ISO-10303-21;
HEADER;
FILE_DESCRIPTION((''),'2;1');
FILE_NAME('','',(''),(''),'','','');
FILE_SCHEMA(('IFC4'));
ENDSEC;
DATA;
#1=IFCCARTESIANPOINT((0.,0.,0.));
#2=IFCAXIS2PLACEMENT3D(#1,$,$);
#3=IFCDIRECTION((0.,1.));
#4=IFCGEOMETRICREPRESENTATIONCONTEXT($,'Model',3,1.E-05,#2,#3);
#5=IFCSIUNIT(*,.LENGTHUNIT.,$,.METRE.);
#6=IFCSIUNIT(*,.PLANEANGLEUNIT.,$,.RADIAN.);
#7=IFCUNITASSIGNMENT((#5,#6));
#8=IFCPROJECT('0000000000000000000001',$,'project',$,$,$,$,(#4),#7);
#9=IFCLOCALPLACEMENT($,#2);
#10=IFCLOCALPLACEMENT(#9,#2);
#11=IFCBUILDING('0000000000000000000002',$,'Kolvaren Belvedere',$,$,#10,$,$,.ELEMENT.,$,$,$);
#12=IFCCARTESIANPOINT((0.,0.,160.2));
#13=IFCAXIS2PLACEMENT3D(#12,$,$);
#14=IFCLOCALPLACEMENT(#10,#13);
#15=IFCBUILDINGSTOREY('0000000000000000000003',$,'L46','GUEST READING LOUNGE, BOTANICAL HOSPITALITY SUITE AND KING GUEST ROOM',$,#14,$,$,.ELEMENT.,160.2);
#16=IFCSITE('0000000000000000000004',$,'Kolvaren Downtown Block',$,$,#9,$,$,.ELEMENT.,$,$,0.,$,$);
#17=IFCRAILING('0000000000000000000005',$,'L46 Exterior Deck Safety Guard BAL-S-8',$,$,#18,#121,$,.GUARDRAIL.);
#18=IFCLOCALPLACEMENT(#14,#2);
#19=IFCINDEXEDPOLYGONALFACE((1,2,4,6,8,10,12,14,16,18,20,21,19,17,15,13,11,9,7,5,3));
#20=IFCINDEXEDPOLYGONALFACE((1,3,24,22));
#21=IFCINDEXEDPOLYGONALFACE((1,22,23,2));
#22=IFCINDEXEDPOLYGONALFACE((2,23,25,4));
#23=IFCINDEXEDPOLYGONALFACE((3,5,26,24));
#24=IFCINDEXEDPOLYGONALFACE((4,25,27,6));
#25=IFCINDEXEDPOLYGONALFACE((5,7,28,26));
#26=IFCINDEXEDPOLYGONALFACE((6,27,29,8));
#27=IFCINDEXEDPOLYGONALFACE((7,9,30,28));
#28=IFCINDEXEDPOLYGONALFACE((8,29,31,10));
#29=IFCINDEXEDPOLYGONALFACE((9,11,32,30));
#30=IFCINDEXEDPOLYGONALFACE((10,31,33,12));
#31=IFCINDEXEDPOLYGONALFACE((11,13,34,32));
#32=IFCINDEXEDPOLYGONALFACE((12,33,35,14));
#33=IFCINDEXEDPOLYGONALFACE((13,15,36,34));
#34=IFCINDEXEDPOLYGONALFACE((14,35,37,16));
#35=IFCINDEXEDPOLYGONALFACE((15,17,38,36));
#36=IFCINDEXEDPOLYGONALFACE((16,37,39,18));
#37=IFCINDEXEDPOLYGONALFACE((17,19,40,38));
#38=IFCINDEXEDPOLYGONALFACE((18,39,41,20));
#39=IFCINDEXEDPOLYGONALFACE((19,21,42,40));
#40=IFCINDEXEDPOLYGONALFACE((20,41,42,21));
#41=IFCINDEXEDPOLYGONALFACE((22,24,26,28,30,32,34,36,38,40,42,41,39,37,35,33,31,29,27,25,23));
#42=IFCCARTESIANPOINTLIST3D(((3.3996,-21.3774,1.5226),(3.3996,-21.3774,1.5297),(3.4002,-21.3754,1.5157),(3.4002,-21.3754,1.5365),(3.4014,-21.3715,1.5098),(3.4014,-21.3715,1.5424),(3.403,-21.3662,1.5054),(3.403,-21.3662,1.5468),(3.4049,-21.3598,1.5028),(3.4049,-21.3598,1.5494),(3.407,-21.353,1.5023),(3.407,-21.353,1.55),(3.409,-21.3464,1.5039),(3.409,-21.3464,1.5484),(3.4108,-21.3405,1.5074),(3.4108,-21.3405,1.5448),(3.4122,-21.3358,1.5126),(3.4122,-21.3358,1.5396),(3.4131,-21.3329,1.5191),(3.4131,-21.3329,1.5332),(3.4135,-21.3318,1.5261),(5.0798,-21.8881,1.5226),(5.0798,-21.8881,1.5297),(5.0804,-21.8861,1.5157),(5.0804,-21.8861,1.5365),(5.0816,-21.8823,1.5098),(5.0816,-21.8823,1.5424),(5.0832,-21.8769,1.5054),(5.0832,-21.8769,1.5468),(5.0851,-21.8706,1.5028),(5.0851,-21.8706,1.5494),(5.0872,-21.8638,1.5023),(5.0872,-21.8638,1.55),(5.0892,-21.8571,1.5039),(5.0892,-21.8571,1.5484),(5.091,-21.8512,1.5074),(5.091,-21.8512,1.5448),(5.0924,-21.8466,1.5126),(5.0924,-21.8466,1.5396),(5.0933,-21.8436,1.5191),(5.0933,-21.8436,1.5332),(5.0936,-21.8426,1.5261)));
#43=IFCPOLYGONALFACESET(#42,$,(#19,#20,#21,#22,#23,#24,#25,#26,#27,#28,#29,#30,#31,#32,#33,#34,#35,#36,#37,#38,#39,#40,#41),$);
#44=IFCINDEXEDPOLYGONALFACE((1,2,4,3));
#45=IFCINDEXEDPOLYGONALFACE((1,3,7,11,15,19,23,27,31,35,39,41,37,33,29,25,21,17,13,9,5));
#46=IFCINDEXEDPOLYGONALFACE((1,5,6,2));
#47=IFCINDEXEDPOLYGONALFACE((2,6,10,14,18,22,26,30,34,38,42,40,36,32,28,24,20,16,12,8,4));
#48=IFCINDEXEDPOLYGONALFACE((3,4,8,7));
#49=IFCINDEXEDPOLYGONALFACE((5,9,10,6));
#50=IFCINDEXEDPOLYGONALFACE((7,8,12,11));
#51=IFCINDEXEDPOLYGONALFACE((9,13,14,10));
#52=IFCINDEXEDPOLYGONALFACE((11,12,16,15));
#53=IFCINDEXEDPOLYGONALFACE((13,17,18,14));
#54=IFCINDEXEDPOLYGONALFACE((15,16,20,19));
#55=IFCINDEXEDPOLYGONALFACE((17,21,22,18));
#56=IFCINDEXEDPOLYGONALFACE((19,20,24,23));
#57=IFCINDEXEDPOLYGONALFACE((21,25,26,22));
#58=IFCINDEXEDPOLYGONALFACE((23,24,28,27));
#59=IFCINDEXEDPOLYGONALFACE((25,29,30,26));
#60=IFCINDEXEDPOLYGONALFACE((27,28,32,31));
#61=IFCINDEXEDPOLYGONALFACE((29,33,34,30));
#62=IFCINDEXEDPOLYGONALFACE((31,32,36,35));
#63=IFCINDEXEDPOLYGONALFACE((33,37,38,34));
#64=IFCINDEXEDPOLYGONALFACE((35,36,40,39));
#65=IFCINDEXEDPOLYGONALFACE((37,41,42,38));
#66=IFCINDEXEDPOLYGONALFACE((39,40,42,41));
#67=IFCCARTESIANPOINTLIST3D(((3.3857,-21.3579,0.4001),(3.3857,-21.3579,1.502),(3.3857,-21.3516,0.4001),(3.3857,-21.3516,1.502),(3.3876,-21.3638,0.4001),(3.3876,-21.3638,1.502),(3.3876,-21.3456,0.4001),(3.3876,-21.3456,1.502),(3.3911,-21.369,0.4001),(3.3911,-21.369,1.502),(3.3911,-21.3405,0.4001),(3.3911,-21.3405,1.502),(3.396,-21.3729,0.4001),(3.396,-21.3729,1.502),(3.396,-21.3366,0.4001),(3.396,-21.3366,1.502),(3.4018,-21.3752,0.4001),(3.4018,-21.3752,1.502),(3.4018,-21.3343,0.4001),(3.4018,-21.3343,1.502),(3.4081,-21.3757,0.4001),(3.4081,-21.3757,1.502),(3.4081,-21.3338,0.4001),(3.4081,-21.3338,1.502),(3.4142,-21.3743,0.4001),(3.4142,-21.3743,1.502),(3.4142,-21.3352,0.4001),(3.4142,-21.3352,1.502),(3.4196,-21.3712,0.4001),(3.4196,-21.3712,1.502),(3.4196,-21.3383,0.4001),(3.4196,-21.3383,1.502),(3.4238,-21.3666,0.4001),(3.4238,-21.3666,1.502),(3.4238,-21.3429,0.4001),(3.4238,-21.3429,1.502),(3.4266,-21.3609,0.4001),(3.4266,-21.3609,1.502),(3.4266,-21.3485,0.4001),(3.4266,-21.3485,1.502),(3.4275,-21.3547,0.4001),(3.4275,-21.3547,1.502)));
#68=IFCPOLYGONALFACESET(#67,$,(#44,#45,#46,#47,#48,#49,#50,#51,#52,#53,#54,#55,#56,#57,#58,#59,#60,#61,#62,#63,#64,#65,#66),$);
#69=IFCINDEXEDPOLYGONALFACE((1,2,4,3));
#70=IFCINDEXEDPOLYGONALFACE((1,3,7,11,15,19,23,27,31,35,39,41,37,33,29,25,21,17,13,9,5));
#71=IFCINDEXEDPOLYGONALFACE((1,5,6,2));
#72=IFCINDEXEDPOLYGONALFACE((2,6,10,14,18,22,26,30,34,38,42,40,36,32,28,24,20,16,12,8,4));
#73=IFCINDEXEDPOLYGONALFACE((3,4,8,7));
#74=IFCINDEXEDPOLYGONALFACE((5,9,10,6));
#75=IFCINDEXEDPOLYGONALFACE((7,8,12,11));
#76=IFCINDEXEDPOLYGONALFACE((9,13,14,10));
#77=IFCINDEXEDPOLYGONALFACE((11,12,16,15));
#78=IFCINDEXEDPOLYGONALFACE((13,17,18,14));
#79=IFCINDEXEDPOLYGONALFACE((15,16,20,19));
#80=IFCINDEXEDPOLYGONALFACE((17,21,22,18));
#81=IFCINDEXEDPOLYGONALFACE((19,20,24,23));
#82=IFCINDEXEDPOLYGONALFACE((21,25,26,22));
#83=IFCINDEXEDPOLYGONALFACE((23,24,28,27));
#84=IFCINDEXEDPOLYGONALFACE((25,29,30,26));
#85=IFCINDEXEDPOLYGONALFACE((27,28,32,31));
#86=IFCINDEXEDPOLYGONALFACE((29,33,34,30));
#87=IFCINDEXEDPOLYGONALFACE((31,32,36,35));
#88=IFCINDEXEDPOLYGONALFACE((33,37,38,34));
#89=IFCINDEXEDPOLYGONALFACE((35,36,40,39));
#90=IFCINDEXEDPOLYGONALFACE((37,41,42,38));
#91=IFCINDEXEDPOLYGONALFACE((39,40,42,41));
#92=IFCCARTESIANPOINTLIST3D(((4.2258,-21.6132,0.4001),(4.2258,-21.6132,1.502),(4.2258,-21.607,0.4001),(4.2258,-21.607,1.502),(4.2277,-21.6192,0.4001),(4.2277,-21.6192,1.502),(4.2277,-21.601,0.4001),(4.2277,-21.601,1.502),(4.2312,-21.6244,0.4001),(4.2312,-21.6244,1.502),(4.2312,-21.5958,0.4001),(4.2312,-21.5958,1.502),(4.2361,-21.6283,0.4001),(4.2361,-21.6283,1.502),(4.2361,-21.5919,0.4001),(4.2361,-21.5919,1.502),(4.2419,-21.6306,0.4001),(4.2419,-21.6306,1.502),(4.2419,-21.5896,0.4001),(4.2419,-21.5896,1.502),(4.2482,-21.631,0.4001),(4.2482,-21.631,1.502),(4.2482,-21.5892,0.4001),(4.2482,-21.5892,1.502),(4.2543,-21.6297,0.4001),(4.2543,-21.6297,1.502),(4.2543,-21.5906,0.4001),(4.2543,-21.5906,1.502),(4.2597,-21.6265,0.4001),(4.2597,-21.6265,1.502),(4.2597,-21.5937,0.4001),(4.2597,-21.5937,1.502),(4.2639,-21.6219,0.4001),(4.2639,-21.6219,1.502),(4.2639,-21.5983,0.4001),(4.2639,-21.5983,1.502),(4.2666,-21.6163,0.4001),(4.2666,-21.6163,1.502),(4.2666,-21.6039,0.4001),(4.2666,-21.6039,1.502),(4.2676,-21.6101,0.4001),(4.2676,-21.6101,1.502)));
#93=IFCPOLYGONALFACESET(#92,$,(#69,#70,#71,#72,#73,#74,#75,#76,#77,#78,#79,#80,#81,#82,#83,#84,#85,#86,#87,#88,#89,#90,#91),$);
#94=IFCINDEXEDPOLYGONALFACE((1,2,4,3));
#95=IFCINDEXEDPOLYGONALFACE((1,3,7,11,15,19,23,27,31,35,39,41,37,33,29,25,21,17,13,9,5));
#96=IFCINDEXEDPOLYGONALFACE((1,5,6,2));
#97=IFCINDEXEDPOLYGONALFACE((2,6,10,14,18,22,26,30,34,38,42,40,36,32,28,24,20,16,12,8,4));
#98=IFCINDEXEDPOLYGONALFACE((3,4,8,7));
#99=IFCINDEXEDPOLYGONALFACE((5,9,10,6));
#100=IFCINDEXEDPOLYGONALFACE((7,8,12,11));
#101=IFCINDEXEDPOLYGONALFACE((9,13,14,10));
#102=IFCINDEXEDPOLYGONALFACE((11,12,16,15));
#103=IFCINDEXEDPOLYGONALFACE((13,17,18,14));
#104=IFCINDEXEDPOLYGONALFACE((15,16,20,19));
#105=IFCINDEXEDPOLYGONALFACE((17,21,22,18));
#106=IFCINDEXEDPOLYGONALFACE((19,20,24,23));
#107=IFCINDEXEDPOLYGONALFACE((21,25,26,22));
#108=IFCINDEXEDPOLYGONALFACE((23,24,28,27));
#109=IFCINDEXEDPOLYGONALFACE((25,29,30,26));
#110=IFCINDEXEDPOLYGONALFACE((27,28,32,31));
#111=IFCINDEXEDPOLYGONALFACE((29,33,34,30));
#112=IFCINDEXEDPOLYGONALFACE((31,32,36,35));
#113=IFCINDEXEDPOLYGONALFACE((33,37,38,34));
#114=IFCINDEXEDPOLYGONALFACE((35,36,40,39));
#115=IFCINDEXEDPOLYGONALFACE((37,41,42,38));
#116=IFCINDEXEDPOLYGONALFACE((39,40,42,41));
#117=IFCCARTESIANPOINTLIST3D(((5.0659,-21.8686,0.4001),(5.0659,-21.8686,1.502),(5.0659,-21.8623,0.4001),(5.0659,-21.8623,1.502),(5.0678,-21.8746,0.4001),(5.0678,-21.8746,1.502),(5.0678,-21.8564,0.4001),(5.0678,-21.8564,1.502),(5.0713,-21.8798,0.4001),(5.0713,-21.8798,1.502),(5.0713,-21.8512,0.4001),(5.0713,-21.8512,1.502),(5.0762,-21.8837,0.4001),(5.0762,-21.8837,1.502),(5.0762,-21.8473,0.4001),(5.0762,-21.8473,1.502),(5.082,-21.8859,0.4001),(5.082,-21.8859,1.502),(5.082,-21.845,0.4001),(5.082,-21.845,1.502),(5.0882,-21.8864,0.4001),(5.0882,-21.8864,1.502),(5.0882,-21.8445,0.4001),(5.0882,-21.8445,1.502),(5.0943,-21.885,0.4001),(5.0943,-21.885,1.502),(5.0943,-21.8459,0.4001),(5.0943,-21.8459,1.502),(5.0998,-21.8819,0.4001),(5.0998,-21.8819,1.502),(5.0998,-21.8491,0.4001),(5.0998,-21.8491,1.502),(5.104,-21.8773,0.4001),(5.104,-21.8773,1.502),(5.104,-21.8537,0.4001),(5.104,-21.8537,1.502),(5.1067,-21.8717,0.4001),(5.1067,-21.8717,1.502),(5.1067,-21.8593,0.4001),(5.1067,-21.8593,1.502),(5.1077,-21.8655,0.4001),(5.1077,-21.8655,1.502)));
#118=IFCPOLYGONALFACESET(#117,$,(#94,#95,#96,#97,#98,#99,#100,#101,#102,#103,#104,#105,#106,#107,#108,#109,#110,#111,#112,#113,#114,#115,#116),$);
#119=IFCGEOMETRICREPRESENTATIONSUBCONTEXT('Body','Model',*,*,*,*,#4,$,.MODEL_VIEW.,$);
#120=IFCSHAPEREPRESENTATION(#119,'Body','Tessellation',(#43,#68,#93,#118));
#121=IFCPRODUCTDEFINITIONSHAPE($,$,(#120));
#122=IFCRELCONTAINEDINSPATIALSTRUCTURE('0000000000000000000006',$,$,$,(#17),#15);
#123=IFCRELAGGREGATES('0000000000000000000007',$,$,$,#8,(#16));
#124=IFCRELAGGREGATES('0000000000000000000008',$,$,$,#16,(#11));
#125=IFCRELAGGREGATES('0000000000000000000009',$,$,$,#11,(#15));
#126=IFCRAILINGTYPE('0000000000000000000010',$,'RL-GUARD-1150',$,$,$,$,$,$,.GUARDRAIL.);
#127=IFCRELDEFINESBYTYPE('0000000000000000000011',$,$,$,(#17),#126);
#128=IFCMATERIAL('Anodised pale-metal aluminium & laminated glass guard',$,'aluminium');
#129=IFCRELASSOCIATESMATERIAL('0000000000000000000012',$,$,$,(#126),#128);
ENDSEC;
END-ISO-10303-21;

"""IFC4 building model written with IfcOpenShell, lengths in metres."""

from ifc_helpers import new_model, si_unit, direction, frame, origin, origin_2d, place, context, subcontext, project, spatial, circle, extrude, material, type_object, element, save


model = new_model("IFC4")

# Units and contexts
model_context = context("Model", 3, precision=1e-05, world=origin(), true_north=direction((0.0, 1.0)))
body_context = subcontext(model_context, "Body", "Model", "MODEL_VIEW")
ifc_project = project(units=[si_unit("LENGTHUNIT", "METRE"), si_unit("PLANEANGLEUNIT", "RADIAN")], contexts=[model_context])

# Site, building, storey
site_placement = place(None, origin())
site = spatial("IfcSite", under=ifc_project, at=site_placement, Name="Kolvaren Downtown Block", CompositionType="ELEMENT", RefElevation=0.0)
building_placement = place(site_placement, origin())
building = spatial("IfcBuilding", under=site, at=building_placement, Name="Kolvaren Belvedere", CompositionType="ELEMENT")
storey_placement = place(building_placement, frame((0.0, 0.0, 160.2)))
storey = spatial("IfcBuildingStorey", under=building, at=storey_placement, Name="L46", Description="GUEST READING LOUNGE, BOTANICAL HOSPITALITY SUITE AND KING GUEST ROOM", CompositionType="ELEMENT", Elevation=160.2)

# Railing
ifc_material_1 = material(Name="Anodised pale-metal aluminium & laminated glass guard", Category="aluminium")
railing_type = type_object("IfcRailingType", Name="RL-GUARD-1150", PredefinedType="GUARDRAIL", material=ifc_material_1)
railing_1_placement = place(storey_placement, frame((3.4065, -21.3547, 0.4001)))
element("IfcRailing", 1, at=railing_1_placement, inside=storey, type_object=railing_type, Name="L46 Exterior Deck Safety Guard BAL-S-8", PredefinedType="GUARDRAIL", context=body_context, shape_type="SweptSolid", body=[
    extrude(circle(Radius=0.0239, at=origin_2d()), frame((0.0, 0.0, 1.126), z_axis=(0.956771, -0.290841, 0.0), x_axis=(0.290841, 0.956771, 0.0)), (0.0, 0.0, 1.0), 1.7561),
    extrude(circle(Radius=0.021, at=origin_2d()), origin(), (0.0, 0.0, 1.0), 1.1018),
    extrude(circle(Radius=0.021, at=origin_2d()), frame((0.8401, -0.2554, 0.0)), (0.0, 0.0, 1.0), 1.1018),
    extrude(circle(Radius=0.021, at=origin_2d()), frame((1.6802, -0.5107, 0.0)), (0.0, 0.0, 1.0), 1.1018),
])

save(model, "model.ifc")
